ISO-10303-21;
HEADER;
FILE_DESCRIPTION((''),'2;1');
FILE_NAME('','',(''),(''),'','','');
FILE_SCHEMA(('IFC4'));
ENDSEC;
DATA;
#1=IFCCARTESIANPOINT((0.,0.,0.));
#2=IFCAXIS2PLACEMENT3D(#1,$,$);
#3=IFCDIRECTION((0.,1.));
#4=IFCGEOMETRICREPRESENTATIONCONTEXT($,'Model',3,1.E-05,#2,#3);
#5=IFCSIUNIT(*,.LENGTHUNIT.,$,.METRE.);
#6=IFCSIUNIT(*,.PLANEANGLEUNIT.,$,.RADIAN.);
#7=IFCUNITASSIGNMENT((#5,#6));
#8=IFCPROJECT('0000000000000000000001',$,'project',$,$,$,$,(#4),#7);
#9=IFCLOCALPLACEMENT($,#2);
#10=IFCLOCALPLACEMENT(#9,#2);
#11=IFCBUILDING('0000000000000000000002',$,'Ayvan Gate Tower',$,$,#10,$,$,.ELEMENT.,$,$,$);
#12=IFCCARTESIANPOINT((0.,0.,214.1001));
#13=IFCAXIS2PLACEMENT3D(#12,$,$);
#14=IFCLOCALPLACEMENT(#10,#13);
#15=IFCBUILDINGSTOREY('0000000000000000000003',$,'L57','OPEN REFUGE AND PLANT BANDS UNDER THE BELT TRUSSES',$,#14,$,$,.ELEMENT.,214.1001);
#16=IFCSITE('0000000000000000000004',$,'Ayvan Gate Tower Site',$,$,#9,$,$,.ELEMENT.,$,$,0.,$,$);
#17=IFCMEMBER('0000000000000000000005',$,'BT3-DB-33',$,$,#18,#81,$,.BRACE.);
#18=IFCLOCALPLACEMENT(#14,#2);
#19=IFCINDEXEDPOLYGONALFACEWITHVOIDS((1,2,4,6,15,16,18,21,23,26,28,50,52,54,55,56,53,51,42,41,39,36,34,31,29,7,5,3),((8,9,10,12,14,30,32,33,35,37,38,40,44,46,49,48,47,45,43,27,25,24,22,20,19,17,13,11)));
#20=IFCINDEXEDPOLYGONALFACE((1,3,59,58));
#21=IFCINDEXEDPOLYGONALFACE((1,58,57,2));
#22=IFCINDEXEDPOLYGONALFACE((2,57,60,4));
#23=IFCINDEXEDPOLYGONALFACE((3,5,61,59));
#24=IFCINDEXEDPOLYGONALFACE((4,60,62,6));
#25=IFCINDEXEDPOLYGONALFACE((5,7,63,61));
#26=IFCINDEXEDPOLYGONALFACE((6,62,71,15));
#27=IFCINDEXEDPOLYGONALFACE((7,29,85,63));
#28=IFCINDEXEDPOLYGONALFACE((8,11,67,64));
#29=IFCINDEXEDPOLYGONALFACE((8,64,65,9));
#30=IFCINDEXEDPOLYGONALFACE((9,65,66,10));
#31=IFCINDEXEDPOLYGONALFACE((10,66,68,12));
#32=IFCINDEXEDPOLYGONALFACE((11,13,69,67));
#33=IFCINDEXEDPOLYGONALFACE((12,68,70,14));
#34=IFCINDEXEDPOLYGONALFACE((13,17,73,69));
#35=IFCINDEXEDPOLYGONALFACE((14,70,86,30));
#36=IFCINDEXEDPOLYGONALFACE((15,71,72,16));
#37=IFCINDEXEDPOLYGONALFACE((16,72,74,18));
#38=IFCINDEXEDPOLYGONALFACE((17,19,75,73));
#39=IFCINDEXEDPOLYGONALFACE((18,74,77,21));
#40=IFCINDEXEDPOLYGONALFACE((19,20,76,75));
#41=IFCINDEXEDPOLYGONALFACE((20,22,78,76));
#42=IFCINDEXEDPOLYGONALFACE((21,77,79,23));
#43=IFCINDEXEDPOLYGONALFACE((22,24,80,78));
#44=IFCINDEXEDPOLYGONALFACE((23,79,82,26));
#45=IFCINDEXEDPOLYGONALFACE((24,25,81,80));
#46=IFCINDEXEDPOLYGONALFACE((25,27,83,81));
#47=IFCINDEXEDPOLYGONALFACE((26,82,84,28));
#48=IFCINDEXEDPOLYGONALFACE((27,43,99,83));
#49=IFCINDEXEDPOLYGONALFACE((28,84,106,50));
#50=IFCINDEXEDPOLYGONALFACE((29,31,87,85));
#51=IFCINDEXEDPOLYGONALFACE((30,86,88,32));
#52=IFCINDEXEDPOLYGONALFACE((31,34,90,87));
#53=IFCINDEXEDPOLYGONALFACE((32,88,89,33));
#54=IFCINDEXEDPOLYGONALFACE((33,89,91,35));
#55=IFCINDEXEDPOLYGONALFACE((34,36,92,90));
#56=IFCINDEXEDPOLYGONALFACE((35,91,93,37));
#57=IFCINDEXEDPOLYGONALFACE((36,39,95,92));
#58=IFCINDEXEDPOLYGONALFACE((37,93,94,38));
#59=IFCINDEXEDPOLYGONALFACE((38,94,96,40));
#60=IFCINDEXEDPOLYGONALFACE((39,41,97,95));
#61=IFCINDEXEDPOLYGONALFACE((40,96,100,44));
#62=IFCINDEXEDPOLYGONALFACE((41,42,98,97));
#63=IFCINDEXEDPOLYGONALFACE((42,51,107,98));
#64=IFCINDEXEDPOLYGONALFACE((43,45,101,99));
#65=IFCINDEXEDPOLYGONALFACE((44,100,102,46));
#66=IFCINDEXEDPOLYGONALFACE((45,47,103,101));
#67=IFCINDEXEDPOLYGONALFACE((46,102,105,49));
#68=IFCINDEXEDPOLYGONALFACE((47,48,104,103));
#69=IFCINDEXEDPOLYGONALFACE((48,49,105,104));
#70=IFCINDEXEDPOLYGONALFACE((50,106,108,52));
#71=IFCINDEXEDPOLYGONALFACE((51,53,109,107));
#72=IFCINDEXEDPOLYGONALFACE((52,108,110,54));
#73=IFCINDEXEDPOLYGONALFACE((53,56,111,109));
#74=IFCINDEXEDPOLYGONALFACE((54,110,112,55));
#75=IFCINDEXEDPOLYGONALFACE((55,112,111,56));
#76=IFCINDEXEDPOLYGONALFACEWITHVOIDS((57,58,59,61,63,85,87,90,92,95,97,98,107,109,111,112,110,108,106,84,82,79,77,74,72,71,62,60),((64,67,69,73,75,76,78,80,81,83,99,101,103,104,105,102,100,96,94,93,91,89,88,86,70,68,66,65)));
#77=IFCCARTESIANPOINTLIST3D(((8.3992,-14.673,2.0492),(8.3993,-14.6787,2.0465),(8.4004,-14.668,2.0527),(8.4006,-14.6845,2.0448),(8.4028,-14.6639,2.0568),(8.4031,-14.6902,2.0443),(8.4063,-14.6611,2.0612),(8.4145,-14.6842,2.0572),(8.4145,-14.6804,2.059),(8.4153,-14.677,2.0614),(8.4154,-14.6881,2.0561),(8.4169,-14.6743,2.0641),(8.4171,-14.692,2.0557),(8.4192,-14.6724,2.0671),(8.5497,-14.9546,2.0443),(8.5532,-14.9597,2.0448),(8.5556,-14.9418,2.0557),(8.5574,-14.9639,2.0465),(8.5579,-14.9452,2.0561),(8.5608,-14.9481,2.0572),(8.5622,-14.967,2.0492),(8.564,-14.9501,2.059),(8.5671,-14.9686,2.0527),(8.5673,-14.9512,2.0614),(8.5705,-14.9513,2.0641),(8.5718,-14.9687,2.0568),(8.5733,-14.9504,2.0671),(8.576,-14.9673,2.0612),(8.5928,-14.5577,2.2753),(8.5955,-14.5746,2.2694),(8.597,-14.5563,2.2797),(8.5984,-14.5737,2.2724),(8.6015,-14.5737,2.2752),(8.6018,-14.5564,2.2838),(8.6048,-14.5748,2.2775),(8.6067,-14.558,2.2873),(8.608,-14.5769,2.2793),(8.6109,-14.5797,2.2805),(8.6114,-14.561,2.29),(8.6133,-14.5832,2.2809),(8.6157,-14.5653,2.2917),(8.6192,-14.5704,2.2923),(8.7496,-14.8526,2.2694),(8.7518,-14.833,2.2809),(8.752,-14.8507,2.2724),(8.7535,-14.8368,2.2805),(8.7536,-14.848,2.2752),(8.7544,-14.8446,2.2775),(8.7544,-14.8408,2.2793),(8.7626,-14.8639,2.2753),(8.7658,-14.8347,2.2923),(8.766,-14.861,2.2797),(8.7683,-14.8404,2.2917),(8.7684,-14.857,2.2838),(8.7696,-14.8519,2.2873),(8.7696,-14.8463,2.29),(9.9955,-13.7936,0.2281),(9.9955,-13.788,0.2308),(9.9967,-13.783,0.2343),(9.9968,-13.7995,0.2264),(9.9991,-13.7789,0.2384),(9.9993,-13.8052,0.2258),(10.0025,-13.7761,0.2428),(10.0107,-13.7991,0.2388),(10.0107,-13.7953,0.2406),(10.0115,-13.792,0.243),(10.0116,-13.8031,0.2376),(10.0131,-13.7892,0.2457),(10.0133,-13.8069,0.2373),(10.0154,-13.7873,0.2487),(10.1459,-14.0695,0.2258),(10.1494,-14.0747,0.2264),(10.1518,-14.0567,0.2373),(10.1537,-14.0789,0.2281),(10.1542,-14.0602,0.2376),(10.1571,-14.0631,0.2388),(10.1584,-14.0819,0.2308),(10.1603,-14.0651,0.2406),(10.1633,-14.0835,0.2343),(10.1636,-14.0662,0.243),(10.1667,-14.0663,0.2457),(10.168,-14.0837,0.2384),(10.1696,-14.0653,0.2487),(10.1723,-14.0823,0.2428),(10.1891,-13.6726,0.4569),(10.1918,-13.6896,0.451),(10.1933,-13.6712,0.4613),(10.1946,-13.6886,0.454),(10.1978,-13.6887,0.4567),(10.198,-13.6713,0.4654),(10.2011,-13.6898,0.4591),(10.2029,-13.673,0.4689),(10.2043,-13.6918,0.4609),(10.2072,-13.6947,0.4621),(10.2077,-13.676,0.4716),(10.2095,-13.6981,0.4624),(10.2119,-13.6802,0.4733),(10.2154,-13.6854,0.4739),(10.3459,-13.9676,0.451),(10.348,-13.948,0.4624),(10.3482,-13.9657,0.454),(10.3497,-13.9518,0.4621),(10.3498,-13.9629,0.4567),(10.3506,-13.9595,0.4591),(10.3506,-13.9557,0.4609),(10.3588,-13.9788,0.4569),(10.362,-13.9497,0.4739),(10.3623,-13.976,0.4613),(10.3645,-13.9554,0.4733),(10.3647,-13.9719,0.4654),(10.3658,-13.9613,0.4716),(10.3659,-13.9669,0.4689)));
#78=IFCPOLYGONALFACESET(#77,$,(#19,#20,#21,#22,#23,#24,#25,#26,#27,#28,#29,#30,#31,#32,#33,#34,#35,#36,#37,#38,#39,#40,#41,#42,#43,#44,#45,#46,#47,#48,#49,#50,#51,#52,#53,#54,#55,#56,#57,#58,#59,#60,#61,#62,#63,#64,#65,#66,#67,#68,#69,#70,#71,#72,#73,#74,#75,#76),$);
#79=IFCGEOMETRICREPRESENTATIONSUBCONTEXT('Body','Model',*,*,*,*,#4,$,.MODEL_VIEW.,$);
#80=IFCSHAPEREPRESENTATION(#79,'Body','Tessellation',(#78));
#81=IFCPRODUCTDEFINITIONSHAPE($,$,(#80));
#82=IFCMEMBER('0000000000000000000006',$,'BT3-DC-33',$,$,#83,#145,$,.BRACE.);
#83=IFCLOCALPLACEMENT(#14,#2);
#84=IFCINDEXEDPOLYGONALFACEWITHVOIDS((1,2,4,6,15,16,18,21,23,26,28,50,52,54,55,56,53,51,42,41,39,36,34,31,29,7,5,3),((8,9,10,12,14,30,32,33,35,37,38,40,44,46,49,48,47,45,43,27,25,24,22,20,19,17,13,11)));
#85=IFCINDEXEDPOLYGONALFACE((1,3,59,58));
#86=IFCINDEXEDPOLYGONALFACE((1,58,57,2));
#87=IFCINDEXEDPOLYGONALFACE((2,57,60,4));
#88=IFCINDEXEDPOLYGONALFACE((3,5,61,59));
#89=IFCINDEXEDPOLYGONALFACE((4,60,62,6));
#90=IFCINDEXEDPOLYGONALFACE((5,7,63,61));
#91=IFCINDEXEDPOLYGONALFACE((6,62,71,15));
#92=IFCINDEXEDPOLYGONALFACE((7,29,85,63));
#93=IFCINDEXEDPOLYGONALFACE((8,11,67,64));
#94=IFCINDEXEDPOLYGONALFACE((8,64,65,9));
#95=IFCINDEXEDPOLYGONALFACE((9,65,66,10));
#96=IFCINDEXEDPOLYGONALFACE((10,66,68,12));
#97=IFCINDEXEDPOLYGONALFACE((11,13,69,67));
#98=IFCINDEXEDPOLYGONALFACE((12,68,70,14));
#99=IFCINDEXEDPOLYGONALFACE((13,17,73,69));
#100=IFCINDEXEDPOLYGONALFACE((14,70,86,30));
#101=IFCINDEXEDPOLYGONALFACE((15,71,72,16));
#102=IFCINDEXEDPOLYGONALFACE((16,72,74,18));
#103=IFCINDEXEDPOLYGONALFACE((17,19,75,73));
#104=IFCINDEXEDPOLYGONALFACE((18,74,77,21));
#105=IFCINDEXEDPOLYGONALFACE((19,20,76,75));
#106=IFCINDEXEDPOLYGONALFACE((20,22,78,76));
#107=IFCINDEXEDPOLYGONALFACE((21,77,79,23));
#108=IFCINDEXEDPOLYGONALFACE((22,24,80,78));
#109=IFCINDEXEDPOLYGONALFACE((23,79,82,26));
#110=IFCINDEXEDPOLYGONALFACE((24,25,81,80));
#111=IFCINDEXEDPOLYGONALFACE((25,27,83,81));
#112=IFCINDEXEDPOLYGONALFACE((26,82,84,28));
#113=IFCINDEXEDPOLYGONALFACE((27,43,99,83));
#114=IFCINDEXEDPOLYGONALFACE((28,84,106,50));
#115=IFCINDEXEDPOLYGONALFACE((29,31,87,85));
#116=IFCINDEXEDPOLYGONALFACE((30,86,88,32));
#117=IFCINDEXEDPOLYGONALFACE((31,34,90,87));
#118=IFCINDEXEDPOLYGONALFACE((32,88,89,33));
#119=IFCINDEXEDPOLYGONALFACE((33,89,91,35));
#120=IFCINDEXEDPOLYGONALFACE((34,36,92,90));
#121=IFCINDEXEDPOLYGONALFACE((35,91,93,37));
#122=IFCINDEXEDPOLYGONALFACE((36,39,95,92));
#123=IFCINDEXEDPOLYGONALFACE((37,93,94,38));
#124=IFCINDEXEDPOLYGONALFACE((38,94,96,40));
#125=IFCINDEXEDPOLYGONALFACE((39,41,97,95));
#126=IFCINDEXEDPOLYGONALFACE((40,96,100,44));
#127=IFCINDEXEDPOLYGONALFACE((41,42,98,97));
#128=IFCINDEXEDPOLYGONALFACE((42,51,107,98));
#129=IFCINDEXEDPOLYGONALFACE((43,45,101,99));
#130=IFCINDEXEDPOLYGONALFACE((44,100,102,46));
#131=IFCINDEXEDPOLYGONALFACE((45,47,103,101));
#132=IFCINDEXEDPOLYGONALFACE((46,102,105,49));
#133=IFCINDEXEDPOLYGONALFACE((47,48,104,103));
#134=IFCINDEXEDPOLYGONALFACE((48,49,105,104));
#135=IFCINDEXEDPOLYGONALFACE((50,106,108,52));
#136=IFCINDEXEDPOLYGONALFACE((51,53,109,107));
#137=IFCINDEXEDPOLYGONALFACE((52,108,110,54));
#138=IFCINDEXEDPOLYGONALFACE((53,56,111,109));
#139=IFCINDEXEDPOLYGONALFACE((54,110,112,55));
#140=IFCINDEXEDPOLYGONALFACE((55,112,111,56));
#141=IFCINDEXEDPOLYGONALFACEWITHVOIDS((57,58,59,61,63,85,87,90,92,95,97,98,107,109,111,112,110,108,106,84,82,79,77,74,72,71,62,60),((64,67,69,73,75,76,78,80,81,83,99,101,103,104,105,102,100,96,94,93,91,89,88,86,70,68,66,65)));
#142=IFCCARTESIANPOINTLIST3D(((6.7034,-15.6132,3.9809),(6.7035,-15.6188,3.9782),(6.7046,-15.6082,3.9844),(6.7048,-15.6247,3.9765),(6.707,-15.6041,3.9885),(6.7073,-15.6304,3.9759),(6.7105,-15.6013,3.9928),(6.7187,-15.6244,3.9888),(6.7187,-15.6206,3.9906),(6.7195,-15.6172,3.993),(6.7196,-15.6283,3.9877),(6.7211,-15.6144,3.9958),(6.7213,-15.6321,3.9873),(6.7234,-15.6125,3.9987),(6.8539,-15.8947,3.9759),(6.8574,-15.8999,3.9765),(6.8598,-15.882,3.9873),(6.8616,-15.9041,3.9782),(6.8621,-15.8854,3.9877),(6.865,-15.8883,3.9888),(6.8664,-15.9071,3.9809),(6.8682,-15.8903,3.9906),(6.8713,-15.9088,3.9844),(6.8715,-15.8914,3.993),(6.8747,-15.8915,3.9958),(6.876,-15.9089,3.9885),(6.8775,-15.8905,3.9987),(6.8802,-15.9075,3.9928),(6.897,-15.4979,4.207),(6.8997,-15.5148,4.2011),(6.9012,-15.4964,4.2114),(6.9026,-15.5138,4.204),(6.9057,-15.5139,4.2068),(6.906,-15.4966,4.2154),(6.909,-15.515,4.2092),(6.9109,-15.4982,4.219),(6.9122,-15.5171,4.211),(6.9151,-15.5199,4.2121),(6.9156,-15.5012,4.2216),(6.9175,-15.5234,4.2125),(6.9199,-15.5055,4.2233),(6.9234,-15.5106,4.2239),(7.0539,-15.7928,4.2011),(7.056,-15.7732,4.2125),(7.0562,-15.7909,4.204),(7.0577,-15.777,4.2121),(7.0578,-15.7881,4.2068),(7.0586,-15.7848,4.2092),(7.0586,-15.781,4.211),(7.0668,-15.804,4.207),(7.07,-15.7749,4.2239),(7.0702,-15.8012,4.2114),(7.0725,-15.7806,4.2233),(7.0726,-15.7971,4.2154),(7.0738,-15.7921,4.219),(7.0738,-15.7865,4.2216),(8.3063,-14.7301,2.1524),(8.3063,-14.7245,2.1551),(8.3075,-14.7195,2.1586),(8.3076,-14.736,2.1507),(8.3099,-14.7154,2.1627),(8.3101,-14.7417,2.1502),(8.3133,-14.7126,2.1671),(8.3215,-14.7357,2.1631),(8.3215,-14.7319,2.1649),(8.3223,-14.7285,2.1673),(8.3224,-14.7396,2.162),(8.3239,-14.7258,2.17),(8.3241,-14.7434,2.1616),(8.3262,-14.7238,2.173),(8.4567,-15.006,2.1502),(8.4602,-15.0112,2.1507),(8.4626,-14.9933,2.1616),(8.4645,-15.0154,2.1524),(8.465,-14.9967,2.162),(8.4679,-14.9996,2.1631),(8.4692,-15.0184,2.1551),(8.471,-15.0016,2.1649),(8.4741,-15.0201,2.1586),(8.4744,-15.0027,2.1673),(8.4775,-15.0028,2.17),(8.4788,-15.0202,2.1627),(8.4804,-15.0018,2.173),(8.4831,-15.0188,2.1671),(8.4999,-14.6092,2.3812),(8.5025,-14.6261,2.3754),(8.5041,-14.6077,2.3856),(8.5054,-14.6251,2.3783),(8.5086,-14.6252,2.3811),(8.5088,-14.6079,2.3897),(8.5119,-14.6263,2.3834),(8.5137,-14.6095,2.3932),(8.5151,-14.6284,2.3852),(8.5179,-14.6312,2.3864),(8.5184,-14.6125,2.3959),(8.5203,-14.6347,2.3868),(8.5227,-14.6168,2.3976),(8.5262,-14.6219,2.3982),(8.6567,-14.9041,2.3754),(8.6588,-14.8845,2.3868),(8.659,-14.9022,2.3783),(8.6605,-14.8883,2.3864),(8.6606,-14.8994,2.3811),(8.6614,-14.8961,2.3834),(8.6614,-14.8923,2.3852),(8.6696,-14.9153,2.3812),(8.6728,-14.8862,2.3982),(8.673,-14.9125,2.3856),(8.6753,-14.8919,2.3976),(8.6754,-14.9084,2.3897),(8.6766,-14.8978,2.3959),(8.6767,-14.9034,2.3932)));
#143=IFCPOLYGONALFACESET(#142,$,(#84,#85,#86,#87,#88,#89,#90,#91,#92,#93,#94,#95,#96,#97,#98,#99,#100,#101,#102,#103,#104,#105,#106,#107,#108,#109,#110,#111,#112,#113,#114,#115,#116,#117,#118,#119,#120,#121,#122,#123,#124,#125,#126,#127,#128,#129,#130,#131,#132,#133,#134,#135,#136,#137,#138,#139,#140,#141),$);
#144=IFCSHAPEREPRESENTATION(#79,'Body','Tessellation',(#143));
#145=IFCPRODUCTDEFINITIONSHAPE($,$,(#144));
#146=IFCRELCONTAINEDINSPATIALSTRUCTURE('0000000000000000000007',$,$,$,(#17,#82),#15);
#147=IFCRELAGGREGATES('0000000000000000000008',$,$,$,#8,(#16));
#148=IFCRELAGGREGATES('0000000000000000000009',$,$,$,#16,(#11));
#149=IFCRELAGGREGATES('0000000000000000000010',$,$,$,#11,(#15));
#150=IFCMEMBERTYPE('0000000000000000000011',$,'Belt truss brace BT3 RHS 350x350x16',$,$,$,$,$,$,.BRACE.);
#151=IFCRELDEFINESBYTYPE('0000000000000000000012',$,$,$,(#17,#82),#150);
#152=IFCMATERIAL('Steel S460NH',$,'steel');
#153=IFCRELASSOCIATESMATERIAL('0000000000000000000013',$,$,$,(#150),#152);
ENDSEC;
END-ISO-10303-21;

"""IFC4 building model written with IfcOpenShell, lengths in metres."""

from ifc_helpers import new_model, si_unit, direction, frame, origin, origin_2d, place, context, subcontext, project, spatial, hollow_rectangle, extrude, material, material_profile, profile_set, type_object, element, save


model = new_model("IFC4")

# Units and contexts
model_context = context("Model", 3, precision=1e-05, world=origin(), true_north=direction((0.0, 1.0)))
body_context = subcontext(model_context, "Body", "Model", "MODEL_VIEW")
ifc_project = project(units=[si_unit("LENGTHUNIT", "METRE"), si_unit("PLANEANGLEUNIT", "RADIAN")], contexts=[model_context])

# Site, building, storey
site_placement = place(None, origin())
site = spatial("IfcSite", under=ifc_project, at=site_placement, Name="Ayvan Gate Tower Site", CompositionType="ELEMENT", RefElevation=0.0)
building_placement = place(site_placement, origin())
building = spatial("IfcBuilding", under=site, at=building_placement, Name="Ayvan Gate Tower", CompositionType="ELEMENT")
storey_placement = place(building_placement, frame((0.0, 0.0, 214.1001)))
storey = spatial("IfcBuildingStorey", under=building, at=storey_placement, Name="L57", Description="OPEN REFUGE AND PLANT BANDS UNDER THE BELT TRUSSES", CompositionType="ELEMENT", Elevation=214.1001)

# Members
ifc_material_1 = material(Name="Steel S460NH", Category="steel")
ifc_material_profile_1 = material_profile(ifc_material_1, hollow_rectangle(XDim=0.3501, YDim=0.3501, WallThickness=0.0161, InnerFilletRadius=0.0161, OuterFilletRadius=0.0239, at=origin_2d()), Name="RHS 350x350x16")
ifc_profile_set_1 = profile_set([ifc_material_profile_1], Name="Steel S460NH")
member_type_1 = type_object("IfcMemberType", Name="Belt truss brace BT3 RHS 350x350x16", PredefinedType="BRACE", material=ifc_profile_set_1)
member_1_placement = place(storey_placement, frame((10.1807, -13.8774, 0.3499), z_axis=(-0.619559, -0.343515, 0.705793), x_axis=(0.484905, -0.874567, 0.0)))
element("IfcMember", 1, at=member_1_placement, inside=storey, type_object=member_type_1, Name="BT3-DB-33", PredefinedType="BRACE", context=body_context, shape_type="SweptSolid", body=[
    extrude(hollow_rectangle(XDim=0.3501, YDim=0.3501, WallThickness=0.0161, InnerFilletRadius=0.0161, OuterFilletRadius=0.0239, at=origin_2d()), origin(), (0.0, 0.0, 1.0), 2.5764),
])
member_2_placement = place(storey_placement, frame((8.4915, -14.814, 2.2742), z_axis=(-0.61959, -0.343535, 0.705757), x_axis=(0.484908, -0.874565, 0.0)))
element("IfcMember", 2, at=member_2_placement, inside=storey, type_object=member_type_1, Name="BT3-DC-33", PredefinedType="BRACE", context=body_context, shape_type="SweptSolid", body=[
    extrude(hollow_rectangle(XDim=0.3501, YDim=0.3501, WallThickness=0.0161, InnerFilletRadius=0.0161, OuterFilletRadius=0.0239, at=origin_2d()), origin(), (0.0, 0.0, 1.0), 2.5869),
])

save(model, "model.ifc")
